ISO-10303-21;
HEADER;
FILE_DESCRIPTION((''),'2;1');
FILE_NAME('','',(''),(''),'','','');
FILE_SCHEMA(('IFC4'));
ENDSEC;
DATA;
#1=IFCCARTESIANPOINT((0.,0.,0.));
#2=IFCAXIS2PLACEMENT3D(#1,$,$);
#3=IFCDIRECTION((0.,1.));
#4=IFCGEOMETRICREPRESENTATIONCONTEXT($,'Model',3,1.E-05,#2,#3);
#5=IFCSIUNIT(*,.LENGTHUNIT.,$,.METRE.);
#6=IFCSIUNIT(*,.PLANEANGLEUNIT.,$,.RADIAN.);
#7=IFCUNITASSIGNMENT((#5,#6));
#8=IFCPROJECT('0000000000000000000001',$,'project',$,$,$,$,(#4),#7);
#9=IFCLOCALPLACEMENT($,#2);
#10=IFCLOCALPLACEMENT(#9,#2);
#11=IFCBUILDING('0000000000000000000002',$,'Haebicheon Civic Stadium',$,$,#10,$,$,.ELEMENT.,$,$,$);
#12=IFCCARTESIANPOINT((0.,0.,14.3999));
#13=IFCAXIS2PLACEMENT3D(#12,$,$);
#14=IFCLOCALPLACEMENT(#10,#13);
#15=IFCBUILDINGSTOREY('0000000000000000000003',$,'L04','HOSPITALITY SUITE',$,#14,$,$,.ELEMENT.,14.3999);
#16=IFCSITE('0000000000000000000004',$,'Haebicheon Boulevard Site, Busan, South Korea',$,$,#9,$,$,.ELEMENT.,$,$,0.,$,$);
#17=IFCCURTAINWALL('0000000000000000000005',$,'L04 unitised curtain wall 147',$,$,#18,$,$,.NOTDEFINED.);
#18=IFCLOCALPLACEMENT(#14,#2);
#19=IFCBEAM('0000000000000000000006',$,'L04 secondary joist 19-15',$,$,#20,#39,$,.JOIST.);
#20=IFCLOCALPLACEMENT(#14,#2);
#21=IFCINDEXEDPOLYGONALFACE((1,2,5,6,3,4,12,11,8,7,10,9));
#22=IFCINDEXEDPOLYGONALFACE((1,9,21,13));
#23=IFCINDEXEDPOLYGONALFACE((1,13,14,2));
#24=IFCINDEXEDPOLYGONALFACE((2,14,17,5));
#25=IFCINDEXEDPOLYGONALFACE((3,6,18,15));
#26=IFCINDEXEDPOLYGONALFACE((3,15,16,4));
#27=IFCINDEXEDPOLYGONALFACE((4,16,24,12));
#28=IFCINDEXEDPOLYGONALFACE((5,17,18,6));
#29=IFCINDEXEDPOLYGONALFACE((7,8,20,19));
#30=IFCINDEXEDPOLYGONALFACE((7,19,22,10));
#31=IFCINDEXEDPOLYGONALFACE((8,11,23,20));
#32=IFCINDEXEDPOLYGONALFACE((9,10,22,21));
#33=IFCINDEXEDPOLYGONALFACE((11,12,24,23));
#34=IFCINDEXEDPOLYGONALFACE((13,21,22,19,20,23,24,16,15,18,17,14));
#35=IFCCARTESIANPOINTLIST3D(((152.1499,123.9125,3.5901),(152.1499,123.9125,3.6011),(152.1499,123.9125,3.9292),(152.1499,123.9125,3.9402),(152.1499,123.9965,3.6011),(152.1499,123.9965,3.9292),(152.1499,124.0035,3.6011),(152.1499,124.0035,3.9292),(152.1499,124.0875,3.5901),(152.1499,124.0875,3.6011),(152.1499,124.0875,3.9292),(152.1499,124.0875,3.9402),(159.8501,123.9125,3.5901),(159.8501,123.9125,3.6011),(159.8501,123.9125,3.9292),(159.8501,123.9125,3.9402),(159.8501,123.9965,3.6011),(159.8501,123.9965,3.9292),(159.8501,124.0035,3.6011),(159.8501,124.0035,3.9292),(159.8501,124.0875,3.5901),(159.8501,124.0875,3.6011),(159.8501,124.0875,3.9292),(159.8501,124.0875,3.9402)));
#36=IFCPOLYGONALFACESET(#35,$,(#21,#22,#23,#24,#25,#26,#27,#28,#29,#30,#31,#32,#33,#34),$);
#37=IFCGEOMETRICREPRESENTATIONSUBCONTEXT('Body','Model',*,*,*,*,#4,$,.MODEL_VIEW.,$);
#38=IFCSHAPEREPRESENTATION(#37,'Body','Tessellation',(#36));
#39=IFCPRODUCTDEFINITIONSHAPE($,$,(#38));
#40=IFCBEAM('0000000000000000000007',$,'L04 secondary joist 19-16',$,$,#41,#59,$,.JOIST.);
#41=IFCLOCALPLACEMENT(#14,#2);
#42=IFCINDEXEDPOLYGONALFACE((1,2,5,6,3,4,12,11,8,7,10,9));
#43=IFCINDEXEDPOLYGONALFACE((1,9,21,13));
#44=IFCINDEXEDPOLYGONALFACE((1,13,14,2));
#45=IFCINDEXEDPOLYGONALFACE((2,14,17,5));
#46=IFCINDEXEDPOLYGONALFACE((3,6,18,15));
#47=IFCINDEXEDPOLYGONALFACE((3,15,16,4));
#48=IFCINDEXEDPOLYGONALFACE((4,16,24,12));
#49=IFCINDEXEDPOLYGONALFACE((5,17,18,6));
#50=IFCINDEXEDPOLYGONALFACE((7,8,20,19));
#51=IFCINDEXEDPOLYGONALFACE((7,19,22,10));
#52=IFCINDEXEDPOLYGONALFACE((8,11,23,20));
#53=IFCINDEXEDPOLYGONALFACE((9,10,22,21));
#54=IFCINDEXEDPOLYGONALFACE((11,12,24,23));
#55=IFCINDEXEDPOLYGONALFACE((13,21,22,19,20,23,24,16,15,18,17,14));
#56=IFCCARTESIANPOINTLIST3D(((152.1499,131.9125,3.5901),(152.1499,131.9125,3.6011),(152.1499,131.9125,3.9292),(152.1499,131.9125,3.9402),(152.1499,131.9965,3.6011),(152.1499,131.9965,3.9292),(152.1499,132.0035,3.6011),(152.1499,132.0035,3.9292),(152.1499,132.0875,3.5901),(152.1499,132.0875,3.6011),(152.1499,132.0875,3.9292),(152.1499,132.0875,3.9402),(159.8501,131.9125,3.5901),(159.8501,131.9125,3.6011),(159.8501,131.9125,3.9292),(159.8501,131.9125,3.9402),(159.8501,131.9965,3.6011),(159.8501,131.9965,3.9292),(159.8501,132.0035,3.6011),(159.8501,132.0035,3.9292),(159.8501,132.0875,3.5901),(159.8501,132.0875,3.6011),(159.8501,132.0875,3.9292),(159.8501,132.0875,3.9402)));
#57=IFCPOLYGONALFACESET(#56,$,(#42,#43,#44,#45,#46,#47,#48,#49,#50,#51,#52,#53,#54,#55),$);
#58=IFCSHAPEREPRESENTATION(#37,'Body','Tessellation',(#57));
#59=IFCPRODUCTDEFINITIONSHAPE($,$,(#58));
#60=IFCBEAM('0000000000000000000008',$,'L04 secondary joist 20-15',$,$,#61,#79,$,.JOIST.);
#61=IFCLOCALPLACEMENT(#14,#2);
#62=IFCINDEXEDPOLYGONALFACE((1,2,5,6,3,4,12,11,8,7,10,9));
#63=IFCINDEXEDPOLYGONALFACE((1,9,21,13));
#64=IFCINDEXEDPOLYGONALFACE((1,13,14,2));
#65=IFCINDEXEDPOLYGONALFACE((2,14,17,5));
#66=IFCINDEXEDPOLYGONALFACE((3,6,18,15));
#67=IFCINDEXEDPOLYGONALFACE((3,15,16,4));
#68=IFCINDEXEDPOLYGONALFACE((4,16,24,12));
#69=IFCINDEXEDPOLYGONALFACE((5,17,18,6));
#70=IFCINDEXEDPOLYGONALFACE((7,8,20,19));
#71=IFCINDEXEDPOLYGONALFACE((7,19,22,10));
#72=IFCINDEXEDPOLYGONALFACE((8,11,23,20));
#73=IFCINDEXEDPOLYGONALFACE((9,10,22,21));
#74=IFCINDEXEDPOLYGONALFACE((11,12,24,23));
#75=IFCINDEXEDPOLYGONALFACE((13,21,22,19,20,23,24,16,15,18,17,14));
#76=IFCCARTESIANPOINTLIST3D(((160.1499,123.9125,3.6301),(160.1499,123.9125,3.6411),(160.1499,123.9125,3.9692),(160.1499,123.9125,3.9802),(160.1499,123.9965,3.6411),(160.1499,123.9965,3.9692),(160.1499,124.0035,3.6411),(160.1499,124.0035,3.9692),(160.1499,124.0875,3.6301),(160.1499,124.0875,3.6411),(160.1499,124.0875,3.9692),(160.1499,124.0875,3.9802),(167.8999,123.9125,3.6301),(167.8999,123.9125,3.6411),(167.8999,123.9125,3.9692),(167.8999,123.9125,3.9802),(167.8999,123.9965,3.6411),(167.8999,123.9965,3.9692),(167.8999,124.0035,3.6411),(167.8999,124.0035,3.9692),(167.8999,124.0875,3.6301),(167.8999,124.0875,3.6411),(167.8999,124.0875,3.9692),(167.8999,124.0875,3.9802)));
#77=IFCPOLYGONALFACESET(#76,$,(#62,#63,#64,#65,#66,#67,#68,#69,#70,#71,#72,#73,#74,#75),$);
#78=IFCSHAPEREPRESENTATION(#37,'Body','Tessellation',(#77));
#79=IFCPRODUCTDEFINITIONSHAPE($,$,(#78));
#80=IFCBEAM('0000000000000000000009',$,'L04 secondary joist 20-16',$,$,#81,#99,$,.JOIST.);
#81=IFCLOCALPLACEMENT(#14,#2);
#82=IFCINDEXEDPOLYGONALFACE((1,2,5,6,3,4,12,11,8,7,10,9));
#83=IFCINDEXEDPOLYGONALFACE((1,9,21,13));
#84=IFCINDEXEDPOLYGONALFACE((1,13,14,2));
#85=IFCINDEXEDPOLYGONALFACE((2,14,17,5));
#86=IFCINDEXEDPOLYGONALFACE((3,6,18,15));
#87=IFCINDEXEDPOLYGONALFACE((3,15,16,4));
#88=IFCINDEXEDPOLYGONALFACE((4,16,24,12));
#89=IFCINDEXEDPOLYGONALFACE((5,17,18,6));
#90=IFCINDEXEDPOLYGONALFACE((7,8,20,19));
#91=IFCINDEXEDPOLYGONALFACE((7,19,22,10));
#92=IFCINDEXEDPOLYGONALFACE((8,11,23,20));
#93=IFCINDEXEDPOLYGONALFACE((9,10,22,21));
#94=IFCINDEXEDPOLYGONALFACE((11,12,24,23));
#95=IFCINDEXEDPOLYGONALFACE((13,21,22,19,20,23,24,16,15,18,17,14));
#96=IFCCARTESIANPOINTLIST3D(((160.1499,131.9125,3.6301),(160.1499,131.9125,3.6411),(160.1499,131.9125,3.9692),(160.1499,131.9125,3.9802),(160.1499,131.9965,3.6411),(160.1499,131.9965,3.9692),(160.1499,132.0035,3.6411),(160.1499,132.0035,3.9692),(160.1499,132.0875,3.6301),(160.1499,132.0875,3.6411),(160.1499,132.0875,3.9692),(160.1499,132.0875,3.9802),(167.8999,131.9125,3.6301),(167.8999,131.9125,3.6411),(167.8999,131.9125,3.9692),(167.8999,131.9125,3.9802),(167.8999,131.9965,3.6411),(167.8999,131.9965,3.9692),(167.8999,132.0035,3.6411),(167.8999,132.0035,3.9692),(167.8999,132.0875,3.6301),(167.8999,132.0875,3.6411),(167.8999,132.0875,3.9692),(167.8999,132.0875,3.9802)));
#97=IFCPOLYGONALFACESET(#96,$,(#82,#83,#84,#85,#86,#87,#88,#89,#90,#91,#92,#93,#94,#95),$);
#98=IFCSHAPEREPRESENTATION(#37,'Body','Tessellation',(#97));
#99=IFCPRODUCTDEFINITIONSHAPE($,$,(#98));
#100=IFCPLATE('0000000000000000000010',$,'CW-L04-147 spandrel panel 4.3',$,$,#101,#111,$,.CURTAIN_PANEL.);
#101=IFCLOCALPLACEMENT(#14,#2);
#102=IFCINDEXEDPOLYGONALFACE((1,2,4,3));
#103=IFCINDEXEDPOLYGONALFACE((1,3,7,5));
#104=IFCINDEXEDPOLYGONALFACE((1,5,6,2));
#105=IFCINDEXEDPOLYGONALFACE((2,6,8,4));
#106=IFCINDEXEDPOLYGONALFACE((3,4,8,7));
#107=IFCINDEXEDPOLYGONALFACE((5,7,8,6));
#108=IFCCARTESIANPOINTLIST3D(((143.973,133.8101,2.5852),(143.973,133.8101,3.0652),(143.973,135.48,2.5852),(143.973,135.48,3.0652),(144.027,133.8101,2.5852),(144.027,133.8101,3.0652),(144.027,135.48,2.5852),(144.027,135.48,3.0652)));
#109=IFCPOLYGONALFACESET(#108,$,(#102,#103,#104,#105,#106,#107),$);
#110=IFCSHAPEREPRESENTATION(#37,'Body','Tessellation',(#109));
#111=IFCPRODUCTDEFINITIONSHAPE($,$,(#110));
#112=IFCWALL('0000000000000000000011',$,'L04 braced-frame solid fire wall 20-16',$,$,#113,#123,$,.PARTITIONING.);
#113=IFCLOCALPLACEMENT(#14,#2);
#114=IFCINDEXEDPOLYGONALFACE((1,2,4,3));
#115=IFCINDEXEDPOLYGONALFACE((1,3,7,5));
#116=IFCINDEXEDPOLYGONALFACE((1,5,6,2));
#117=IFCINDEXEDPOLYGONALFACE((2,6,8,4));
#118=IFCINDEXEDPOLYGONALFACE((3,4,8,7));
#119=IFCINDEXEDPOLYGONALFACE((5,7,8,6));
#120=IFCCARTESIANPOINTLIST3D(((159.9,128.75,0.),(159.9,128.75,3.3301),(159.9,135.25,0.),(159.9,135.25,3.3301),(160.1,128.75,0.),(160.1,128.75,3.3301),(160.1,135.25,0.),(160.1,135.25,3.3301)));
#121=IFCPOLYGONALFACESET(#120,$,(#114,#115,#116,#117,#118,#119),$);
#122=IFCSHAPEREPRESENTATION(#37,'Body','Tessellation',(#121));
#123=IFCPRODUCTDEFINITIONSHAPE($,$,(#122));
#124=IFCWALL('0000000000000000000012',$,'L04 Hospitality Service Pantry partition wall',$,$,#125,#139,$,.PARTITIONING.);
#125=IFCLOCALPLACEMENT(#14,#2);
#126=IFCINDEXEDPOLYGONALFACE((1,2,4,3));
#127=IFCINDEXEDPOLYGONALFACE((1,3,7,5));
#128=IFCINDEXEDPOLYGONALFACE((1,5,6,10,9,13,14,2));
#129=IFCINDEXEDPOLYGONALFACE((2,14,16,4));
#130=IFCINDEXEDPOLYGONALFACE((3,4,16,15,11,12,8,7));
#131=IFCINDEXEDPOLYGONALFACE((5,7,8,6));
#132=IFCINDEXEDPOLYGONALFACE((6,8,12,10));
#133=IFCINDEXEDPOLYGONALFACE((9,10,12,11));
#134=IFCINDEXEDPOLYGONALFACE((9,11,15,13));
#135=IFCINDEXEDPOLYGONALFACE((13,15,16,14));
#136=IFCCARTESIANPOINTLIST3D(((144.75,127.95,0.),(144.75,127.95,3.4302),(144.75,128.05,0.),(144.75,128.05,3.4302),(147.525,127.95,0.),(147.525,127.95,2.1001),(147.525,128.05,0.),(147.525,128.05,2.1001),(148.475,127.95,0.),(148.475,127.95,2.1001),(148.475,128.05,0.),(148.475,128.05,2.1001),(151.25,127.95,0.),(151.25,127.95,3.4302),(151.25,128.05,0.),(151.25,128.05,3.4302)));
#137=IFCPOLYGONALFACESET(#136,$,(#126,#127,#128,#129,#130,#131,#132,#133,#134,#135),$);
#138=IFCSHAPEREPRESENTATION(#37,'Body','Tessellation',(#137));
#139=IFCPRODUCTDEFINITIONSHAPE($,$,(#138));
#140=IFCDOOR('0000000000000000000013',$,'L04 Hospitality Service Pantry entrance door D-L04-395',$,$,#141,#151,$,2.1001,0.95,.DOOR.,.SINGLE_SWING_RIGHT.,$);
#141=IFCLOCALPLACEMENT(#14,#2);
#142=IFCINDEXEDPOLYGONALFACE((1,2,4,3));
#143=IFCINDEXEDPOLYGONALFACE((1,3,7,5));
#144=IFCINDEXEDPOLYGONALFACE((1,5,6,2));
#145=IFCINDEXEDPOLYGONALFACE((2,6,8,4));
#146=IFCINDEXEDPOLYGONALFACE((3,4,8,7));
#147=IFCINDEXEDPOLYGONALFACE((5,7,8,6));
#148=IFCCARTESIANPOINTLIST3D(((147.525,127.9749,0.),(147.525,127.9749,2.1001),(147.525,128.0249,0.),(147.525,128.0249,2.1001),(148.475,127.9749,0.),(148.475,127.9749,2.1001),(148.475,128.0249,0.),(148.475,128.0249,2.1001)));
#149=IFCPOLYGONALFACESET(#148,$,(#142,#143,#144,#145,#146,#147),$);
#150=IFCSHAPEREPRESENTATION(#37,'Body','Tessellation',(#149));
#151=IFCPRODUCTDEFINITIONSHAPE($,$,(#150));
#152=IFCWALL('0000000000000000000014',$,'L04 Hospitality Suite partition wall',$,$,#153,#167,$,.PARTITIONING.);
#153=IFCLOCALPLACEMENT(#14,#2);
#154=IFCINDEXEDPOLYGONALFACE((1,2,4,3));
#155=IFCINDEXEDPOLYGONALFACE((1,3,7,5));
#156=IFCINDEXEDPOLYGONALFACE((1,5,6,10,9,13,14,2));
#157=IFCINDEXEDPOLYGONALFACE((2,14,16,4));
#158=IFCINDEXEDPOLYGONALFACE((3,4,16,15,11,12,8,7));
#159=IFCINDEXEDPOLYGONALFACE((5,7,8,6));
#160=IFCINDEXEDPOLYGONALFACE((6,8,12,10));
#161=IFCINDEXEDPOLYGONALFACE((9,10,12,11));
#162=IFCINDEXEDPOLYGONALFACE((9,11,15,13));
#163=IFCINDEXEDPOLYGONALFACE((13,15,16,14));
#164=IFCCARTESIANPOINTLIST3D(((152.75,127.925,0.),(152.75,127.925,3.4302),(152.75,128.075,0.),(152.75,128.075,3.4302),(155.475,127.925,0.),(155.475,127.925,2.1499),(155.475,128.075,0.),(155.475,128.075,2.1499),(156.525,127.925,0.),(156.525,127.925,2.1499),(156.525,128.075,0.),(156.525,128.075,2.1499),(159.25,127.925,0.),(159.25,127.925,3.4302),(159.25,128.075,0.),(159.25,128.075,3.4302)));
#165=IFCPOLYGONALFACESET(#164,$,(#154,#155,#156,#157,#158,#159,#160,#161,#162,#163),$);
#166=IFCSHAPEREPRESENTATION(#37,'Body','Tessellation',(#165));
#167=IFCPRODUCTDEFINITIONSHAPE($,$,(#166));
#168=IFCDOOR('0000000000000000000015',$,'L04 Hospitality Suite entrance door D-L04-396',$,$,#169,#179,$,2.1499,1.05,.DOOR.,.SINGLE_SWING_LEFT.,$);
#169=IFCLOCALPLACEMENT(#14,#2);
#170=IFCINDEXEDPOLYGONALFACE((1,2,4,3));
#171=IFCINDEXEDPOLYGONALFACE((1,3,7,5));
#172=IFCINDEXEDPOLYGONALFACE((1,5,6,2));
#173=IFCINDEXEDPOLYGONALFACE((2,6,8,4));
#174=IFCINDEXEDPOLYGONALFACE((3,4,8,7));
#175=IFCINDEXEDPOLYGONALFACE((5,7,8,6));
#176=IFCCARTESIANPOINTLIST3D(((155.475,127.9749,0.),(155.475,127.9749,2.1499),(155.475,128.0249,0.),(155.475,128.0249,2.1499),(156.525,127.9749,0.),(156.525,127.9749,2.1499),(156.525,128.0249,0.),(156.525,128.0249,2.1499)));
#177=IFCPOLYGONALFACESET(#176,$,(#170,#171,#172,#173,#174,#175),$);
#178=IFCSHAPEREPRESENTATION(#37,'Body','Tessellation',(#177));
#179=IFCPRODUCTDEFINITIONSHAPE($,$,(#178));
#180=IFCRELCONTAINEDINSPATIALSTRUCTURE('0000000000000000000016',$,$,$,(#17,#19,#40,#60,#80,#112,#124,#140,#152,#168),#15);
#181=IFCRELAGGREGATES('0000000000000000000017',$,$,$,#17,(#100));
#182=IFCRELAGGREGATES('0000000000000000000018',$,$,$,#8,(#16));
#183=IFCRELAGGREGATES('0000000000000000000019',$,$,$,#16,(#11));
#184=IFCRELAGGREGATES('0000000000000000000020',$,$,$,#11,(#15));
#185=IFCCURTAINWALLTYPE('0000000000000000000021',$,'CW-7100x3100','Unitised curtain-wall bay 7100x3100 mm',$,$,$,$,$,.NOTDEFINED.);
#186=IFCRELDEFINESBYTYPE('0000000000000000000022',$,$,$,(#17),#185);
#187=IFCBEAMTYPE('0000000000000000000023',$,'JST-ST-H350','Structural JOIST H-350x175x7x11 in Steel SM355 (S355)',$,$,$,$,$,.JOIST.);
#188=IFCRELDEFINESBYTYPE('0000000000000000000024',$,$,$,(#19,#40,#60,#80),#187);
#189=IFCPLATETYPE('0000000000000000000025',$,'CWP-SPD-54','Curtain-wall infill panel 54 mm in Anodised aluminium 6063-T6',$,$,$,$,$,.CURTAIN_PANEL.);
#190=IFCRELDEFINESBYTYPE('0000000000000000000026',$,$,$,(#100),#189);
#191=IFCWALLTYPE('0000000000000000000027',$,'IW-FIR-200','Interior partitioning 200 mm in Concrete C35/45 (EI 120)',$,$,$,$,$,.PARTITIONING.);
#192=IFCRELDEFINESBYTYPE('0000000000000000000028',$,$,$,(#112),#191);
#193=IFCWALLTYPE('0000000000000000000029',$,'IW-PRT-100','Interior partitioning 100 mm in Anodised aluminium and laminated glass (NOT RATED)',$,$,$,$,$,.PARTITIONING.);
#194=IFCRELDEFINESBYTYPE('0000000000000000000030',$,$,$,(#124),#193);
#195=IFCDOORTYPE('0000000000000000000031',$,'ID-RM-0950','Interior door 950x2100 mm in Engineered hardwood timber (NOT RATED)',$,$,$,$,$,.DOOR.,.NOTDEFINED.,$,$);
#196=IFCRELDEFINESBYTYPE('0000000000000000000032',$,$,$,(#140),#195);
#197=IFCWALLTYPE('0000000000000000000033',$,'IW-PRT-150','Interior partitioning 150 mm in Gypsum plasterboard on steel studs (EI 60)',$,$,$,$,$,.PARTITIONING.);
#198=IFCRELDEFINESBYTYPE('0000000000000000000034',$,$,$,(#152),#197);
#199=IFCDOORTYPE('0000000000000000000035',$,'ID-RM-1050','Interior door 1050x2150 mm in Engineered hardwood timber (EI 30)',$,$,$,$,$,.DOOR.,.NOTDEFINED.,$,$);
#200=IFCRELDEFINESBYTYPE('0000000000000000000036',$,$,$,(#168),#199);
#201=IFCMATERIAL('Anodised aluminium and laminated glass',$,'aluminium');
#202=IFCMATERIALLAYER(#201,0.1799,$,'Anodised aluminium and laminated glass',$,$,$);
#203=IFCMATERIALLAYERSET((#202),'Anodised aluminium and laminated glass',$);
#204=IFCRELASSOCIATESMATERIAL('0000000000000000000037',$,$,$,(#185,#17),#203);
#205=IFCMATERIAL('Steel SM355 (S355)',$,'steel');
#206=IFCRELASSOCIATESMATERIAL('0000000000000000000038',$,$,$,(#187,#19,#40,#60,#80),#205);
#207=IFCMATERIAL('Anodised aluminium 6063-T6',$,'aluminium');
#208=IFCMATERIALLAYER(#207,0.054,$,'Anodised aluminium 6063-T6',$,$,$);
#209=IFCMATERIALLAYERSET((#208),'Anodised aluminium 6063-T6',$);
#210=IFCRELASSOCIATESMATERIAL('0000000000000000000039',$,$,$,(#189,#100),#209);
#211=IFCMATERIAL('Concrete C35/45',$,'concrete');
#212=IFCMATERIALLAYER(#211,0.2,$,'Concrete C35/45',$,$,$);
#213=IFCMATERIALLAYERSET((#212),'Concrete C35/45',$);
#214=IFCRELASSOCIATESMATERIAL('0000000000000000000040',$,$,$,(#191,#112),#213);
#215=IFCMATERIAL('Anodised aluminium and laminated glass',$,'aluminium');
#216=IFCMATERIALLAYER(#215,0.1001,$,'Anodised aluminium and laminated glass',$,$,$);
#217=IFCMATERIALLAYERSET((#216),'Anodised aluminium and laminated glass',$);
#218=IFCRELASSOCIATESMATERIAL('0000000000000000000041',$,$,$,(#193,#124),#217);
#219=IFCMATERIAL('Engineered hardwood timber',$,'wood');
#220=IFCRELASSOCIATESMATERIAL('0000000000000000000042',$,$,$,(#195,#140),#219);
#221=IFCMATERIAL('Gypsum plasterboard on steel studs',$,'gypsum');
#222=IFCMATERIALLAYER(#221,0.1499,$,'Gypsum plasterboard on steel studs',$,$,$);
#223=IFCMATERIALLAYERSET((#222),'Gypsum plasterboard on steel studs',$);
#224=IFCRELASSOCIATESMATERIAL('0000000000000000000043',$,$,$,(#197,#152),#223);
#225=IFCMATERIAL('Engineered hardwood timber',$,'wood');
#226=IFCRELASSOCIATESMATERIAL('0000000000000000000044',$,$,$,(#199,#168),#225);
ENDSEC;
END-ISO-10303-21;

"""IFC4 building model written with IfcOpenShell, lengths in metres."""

from ifc_helpers import new_model, si_unit, direction, frame, frame_2d, origin, origin_2d, place, context, subcontext, project, spatial, rectangle, i_section, extrude, material, layer, layer_set, material_profile, profile_set, type_object, element, fill, aggregate, save


model = new_model("IFC4")

# Units and contexts
model_context = context("Model", 3, precision=1e-05, world=origin(), true_north=direction((0.0, 1.0)))
body_context = subcontext(model_context, "Body", "Model", "MODEL_VIEW")
ifc_project = project(units=[si_unit("LENGTHUNIT", "METRE"), si_unit("PLANEANGLEUNIT", "RADIAN")], contexts=[model_context])

# Site, building, storey
site_placement = place(None, origin())
site = spatial("IfcSite", under=ifc_project, at=site_placement, Name="Haebicheon Boulevard Site, Busan, South Korea", CompositionType="ELEMENT", RefElevation=0.0)
building_placement = place(site_placement, origin())
building = spatial("IfcBuilding", under=site, at=building_placement, Name="Haebicheon Civic Stadium", CompositionType="ELEMENT")
storey_placement = place(building_placement, frame((0.0, 0.0, 14.3999)))
storey = spatial("IfcBuildingStorey", under=building, at=storey_placement, Name="L04", Description="HOSPITALITY SUITE", CompositionType="ELEMENT", Elevation=14.3999)

# Curtain wall
ifc_material_1 = material(Name="Anodised aluminium and laminated glass", Category="aluminium")
ifc_layer_1 = layer(ifc_material_1, 0.1799, Name="Anodised aluminium and laminated glass")
ifc_layer_set_1 = layer_set([ifc_layer_1], Name="Anodised aluminium and laminated glass")
curtain_wall_type = type_object("IfcCurtainWallType", Name="CW-7100x3100", Description="Unitised curtain-wall bay 7100x3100 mm", PredefinedType="NOTDEFINED", material=ifc_layer_set_1)
curtain_wall_placement = place(storey_placement, origin())
curtain_wall = element("IfcCurtainWall", 1, at=curtain_wall_placement, inside=storey, type_object=curtain_wall_type, material=ifc_layer_set_1, Name="L04 unitised curtain wall 147", PredefinedType="NOTDEFINED")

# Beams
ifc_material_2 = material(Name="Steel SM355 (S355)", Category="steel")
ifc_material_profile_1 = material_profile(ifc_material_2, i_section(OverallWidth=0.175, OverallDepth=0.3501, WebThickness=0.0071, FlangeThickness=0.011, at=origin_2d()), Name="H-350x175x7x11")
ifc_profile_set_1 = profile_set([ifc_material_profile_1], Name="Steel SM355 (S355)")
beam_type_1 = type_object("IfcBeamType", Name="JST-ST-H350", Description="Structural JOIST H-350x175x7x11 in Steel SM355 (S355)", PredefinedType="JOIST", material=ifc_profile_set_1)
for number, where, z_axis, x_axis, name in (
    (2, (152.1499, 124.0, 3.7651), (1.0, 0.0, 0.0), (0.0, 1.0, 0.0), "L04 secondary joist 19-15"),
    (3, (152.1499, 132.0, 3.7651), (1.0, 0.0, 0.0), (0.0, 1.0, 0.0), "L04 secondary joist 19-16"),
):
    element("IfcBeam", number, at=place(storey_placement, frame(where, z_axis=z_axis, x_axis=x_axis)), inside=storey, type_object=beam_type_1, material=ifc_profile_set_1, Name=name, PredefinedType="JOIST", context=body_context, shape_type="SweptSolid", body=[
        extrude(i_section(OverallWidth=0.175, OverallDepth=0.3501, WebThickness=0.0071, FlangeThickness=0.011, at=origin_2d()), origin(), (0.0, 0.0, 1.0), 7.7002),
    ])
for number, where, z_axis, x_axis, name in (
    (4, (160.1499, 124.0, 3.8052), (1.0, 0.0, 0.0), (0.0, 1.0, 0.0), "L04 secondary joist 20-15"),
    (5, (160.1499, 132.0, 3.8052), (1.0, 0.0, 0.0), (0.0, 1.0, 0.0), "L04 secondary joist 20-16"),
):
    element("IfcBeam", number, at=place(storey_placement, frame(where, z_axis=z_axis, x_axis=x_axis)), inside=storey, type_object=beam_type_1, material=ifc_profile_set_1, Name=name, PredefinedType="JOIST", context=body_context, shape_type="SweptSolid", body=[
        extrude(i_section(OverallWidth=0.175, OverallDepth=0.3501, WebThickness=0.0071, FlangeThickness=0.011, at=origin_2d()), origin(), (0.0, 0.0, 1.0), 7.75),
    ])

# Plate
ifc_material_3 = material(Name="Anodised aluminium 6063-T6", Category="aluminium")
ifc_layer_2 = layer(ifc_material_3, 0.054, Name="Anodised aluminium 6063-T6")
ifc_layer_set_2 = layer_set([ifc_layer_2], Name="Anodised aluminium 6063-T6")
plate_type = type_object("IfcPlateType", Name="CWP-SPD-54", Description="Curtain-wall infill panel 54 mm in Anodised aluminium 6063-T6", PredefinedType="CURTAIN_PANEL", material=ifc_layer_set_2)
plate_placement = place(storey_placement, frame((144.0, 134.645, 2.5852), z_axis=(0.0, 0.0, 1.0), x_axis=(0.0, 1.0, 0.0)))
plate = element("IfcPlate", 6, at=plate_placement, type_object=plate_type, material=ifc_layer_set_2, Name="CW-L04-147 spandrel panel 4.3", PredefinedType="CURTAIN_PANEL", context=body_context, shape_type="SweptSolid", body=[
    extrude(rectangle(XDim=1.6699, YDim=0.054, at=origin_2d()), origin(), (0.0, 0.0, 1.0), 0.48),
])
aggregate(curtain_wall, [plate])

# Wall
ifc_material_4 = material(Name="Concrete C35/45", Category="concrete")
ifc_layer_3 = layer(ifc_material_4, 0.2, Name="Concrete C35/45")
ifc_layer_set_3 = layer_set([ifc_layer_3], Name="Concrete C35/45")
wall_type_1 = type_object("IfcWallType", Name="IW-FIR-200", Description="Interior partitioning 200 mm in Concrete C35/45 (EI 120)", PredefinedType="PARTITIONING", material=ifc_layer_set_3)
wall_1_placement = place(storey_placement, frame((160.0, 128.75, 0.0), z_axis=(0.0, 0.0, 1.0), x_axis=(0.0, 1.0, 0.0)))
element("IfcWall", 7, at=wall_1_placement, inside=storey, type_object=wall_type_1, material=ifc_layer_set_3, Name="L04 braced-frame solid fire wall 20-16", PredefinedType="PARTITIONING", context=body_context, shape_type="SweptSolid", body=[
    extrude(rectangle(XDim=6.5, YDim=0.2, at=frame_2d((3.25, 0.0))), origin(), (0.0, 0.0, 1.0), 3.3301),
])

# Walls, openings, doors
ifc_material_5 = material(Name="Anodised aluminium and laminated glass", Category="aluminium")
ifc_layer_4 = layer(ifc_material_5, 0.1001, Name="Anodised aluminium and laminated glass")
ifc_layer_set_4 = layer_set([ifc_layer_4], Name="Anodised aluminium and laminated glass")
wall_type_2 = type_object("IfcWallType", Name="IW-PRT-100", Description="Interior partitioning 100 mm in Anodised aluminium and laminated glass (NOT RATED)", PredefinedType="PARTITIONING", material=ifc_layer_set_4)
wall_2_placement = place(storey_placement, frame((144.75, 128.0, 0.0), z_axis=(0.0, 0.0, 1.0), x_axis=(1.0, 0.0, 0.0)))
wall_2 = element("IfcWall", 8, at=wall_2_placement, inside=storey, type_object=wall_type_2, material=ifc_layer_set_4, Name="L04 Hospitality Service Pantry partition wall", PredefinedType="PARTITIONING", context=body_context, shape_type="SweptSolid", body=[
    extrude(rectangle(XDim=6.5, YDim=0.1001, at=frame_2d((3.25, 0.0))), origin(), (0.0, 0.0, 1.0), 3.4302),
])
opening_1_placement = place(wall_2_placement, frame((2.7749, 0.0, 0.0)))
opening_1 = element("IfcOpeningElement", 9, at=opening_1_placement, cuts=wall_2, PredefinedType="OPENING", context=body_context, shape_type="SweptSolid", body=[
    extrude(rectangle(XDim=0.95, YDim=2.1001, at=frame_2d((0.4751, 1.05))), frame((0.0, 0.0601, 0.0), z_axis=(0.0, -1.0, 0.0), x_axis=(1.0, 0.0, 0.0)), (0.0, 0.0, 1.0), 0.1201),
])
ifc_material_6 = material(Name="Engineered hardwood timber", Category="wood")
door_type_1 = type_object("IfcDoorType", Name="ID-RM-0950", Description="Interior door 950x2100 mm in Engineered hardwood timber (NOT RATED)", OperationType="NOTDEFINED", PredefinedType="DOOR", material=ifc_material_6)
door_1_placement = place(opening_1_placement, origin())
door_1 = element("IfcDoor", 10, at=door_1_placement, inside=storey, type_object=door_type_1, material=ifc_material_6, Name="L04 Hospitality Service Pantry entrance door D-L04-395", OperationType="SINGLE_SWING_RIGHT", OverallHeight=2.1001, OverallWidth=0.95, PredefinedType="DOOR", context=body_context, shape_type="SweptSolid", body=[
    extrude(rectangle(XDim=0.95, YDim=2.1001, at=frame_2d((0.4751, 1.05))), frame((0.0, 0.0249, 0.0), z_axis=(0.0, -1.0, 0.0), x_axis=(1.0, 0.0, 0.0)), (0.0, 0.0, 1.0), 0.05),
])
fill(opening_1, door_1)
ifc_material_7 = material(Name="Gypsum plasterboard on steel studs", Category="gypsum")
ifc_layer_5 = layer(ifc_material_7, 0.1499, Name="Gypsum plasterboard on steel studs")
ifc_layer_set_5 = layer_set([ifc_layer_5], Name="Gypsum plasterboard on steel studs")
wall_type_3 = type_object("IfcWallType", Name="IW-PRT-150", Description="Interior partitioning 150 mm in Gypsum plasterboard on steel studs (EI 60)", PredefinedType="PARTITIONING", material=ifc_layer_set_5)
wall_3_placement = place(storey_placement, frame((152.75, 128.0, 0.0), z_axis=(0.0, 0.0, 1.0), x_axis=(1.0, 0.0, 0.0)))
wall_3 = element("IfcWall", 11, at=wall_3_placement, inside=storey, type_object=wall_type_3, material=ifc_layer_set_5, Name="L04 Hospitality Suite partition wall", PredefinedType="PARTITIONING", context=body_context, shape_type="SweptSolid", body=[
    extrude(rectangle(XDim=6.5, YDim=0.1499, at=frame_2d((3.25, 0.0))), origin(), (0.0, 0.0, 1.0), 3.4302),
])
opening_2_placement = place(wall_3_placement, frame((2.7251, 0.0, 0.0)))
opening_2 = element("IfcOpeningElement", 12, at=opening_2_placement, cuts=wall_3, PredefinedType="OPENING", context=body_context, shape_type="SweptSolid", body=[
    extrude(rectangle(XDim=1.05, YDim=2.1499, at=frame_2d((0.5249, 1.075))), frame((0.0, 0.085, 0.0), z_axis=(0.0, -1.0, 0.0), x_axis=(1.0, 0.0, 0.0)), (0.0, 0.0, 1.0), 0.1699),
])
ifc_material_8 = material(Name="Engineered hardwood timber", Category="wood")
door_type_2 = type_object("IfcDoorType", Name="ID-RM-1050", Description="Interior door 1050x2150 mm in Engineered hardwood timber (EI 30)", OperationType="NOTDEFINED", PredefinedType="DOOR", material=ifc_material_8)
door_2_placement = place(opening_2_placement, origin())
door_2 = element("IfcDoor", 13, at=door_2_placement, inside=storey, type_object=door_type_2, material=ifc_material_8, Name="L04 Hospitality Suite entrance door D-L04-396", OperationType="SINGLE_SWING_LEFT", OverallHeight=2.1499, OverallWidth=1.05, PredefinedType="DOOR", context=body_context, shape_type="SweptSolid", body=[
    extrude(rectangle(XDim=1.05, YDim=2.1499, at=frame_2d((0.5249, 1.075))), frame((0.0, 0.0249, 0.0), z_axis=(0.0, -1.0, 0.0), x_axis=(1.0, 0.0, 0.0)), (0.0, 0.0, 1.0), 0.05),
])
fill(opening_2, door_2)

save(model, "model.ifc")
